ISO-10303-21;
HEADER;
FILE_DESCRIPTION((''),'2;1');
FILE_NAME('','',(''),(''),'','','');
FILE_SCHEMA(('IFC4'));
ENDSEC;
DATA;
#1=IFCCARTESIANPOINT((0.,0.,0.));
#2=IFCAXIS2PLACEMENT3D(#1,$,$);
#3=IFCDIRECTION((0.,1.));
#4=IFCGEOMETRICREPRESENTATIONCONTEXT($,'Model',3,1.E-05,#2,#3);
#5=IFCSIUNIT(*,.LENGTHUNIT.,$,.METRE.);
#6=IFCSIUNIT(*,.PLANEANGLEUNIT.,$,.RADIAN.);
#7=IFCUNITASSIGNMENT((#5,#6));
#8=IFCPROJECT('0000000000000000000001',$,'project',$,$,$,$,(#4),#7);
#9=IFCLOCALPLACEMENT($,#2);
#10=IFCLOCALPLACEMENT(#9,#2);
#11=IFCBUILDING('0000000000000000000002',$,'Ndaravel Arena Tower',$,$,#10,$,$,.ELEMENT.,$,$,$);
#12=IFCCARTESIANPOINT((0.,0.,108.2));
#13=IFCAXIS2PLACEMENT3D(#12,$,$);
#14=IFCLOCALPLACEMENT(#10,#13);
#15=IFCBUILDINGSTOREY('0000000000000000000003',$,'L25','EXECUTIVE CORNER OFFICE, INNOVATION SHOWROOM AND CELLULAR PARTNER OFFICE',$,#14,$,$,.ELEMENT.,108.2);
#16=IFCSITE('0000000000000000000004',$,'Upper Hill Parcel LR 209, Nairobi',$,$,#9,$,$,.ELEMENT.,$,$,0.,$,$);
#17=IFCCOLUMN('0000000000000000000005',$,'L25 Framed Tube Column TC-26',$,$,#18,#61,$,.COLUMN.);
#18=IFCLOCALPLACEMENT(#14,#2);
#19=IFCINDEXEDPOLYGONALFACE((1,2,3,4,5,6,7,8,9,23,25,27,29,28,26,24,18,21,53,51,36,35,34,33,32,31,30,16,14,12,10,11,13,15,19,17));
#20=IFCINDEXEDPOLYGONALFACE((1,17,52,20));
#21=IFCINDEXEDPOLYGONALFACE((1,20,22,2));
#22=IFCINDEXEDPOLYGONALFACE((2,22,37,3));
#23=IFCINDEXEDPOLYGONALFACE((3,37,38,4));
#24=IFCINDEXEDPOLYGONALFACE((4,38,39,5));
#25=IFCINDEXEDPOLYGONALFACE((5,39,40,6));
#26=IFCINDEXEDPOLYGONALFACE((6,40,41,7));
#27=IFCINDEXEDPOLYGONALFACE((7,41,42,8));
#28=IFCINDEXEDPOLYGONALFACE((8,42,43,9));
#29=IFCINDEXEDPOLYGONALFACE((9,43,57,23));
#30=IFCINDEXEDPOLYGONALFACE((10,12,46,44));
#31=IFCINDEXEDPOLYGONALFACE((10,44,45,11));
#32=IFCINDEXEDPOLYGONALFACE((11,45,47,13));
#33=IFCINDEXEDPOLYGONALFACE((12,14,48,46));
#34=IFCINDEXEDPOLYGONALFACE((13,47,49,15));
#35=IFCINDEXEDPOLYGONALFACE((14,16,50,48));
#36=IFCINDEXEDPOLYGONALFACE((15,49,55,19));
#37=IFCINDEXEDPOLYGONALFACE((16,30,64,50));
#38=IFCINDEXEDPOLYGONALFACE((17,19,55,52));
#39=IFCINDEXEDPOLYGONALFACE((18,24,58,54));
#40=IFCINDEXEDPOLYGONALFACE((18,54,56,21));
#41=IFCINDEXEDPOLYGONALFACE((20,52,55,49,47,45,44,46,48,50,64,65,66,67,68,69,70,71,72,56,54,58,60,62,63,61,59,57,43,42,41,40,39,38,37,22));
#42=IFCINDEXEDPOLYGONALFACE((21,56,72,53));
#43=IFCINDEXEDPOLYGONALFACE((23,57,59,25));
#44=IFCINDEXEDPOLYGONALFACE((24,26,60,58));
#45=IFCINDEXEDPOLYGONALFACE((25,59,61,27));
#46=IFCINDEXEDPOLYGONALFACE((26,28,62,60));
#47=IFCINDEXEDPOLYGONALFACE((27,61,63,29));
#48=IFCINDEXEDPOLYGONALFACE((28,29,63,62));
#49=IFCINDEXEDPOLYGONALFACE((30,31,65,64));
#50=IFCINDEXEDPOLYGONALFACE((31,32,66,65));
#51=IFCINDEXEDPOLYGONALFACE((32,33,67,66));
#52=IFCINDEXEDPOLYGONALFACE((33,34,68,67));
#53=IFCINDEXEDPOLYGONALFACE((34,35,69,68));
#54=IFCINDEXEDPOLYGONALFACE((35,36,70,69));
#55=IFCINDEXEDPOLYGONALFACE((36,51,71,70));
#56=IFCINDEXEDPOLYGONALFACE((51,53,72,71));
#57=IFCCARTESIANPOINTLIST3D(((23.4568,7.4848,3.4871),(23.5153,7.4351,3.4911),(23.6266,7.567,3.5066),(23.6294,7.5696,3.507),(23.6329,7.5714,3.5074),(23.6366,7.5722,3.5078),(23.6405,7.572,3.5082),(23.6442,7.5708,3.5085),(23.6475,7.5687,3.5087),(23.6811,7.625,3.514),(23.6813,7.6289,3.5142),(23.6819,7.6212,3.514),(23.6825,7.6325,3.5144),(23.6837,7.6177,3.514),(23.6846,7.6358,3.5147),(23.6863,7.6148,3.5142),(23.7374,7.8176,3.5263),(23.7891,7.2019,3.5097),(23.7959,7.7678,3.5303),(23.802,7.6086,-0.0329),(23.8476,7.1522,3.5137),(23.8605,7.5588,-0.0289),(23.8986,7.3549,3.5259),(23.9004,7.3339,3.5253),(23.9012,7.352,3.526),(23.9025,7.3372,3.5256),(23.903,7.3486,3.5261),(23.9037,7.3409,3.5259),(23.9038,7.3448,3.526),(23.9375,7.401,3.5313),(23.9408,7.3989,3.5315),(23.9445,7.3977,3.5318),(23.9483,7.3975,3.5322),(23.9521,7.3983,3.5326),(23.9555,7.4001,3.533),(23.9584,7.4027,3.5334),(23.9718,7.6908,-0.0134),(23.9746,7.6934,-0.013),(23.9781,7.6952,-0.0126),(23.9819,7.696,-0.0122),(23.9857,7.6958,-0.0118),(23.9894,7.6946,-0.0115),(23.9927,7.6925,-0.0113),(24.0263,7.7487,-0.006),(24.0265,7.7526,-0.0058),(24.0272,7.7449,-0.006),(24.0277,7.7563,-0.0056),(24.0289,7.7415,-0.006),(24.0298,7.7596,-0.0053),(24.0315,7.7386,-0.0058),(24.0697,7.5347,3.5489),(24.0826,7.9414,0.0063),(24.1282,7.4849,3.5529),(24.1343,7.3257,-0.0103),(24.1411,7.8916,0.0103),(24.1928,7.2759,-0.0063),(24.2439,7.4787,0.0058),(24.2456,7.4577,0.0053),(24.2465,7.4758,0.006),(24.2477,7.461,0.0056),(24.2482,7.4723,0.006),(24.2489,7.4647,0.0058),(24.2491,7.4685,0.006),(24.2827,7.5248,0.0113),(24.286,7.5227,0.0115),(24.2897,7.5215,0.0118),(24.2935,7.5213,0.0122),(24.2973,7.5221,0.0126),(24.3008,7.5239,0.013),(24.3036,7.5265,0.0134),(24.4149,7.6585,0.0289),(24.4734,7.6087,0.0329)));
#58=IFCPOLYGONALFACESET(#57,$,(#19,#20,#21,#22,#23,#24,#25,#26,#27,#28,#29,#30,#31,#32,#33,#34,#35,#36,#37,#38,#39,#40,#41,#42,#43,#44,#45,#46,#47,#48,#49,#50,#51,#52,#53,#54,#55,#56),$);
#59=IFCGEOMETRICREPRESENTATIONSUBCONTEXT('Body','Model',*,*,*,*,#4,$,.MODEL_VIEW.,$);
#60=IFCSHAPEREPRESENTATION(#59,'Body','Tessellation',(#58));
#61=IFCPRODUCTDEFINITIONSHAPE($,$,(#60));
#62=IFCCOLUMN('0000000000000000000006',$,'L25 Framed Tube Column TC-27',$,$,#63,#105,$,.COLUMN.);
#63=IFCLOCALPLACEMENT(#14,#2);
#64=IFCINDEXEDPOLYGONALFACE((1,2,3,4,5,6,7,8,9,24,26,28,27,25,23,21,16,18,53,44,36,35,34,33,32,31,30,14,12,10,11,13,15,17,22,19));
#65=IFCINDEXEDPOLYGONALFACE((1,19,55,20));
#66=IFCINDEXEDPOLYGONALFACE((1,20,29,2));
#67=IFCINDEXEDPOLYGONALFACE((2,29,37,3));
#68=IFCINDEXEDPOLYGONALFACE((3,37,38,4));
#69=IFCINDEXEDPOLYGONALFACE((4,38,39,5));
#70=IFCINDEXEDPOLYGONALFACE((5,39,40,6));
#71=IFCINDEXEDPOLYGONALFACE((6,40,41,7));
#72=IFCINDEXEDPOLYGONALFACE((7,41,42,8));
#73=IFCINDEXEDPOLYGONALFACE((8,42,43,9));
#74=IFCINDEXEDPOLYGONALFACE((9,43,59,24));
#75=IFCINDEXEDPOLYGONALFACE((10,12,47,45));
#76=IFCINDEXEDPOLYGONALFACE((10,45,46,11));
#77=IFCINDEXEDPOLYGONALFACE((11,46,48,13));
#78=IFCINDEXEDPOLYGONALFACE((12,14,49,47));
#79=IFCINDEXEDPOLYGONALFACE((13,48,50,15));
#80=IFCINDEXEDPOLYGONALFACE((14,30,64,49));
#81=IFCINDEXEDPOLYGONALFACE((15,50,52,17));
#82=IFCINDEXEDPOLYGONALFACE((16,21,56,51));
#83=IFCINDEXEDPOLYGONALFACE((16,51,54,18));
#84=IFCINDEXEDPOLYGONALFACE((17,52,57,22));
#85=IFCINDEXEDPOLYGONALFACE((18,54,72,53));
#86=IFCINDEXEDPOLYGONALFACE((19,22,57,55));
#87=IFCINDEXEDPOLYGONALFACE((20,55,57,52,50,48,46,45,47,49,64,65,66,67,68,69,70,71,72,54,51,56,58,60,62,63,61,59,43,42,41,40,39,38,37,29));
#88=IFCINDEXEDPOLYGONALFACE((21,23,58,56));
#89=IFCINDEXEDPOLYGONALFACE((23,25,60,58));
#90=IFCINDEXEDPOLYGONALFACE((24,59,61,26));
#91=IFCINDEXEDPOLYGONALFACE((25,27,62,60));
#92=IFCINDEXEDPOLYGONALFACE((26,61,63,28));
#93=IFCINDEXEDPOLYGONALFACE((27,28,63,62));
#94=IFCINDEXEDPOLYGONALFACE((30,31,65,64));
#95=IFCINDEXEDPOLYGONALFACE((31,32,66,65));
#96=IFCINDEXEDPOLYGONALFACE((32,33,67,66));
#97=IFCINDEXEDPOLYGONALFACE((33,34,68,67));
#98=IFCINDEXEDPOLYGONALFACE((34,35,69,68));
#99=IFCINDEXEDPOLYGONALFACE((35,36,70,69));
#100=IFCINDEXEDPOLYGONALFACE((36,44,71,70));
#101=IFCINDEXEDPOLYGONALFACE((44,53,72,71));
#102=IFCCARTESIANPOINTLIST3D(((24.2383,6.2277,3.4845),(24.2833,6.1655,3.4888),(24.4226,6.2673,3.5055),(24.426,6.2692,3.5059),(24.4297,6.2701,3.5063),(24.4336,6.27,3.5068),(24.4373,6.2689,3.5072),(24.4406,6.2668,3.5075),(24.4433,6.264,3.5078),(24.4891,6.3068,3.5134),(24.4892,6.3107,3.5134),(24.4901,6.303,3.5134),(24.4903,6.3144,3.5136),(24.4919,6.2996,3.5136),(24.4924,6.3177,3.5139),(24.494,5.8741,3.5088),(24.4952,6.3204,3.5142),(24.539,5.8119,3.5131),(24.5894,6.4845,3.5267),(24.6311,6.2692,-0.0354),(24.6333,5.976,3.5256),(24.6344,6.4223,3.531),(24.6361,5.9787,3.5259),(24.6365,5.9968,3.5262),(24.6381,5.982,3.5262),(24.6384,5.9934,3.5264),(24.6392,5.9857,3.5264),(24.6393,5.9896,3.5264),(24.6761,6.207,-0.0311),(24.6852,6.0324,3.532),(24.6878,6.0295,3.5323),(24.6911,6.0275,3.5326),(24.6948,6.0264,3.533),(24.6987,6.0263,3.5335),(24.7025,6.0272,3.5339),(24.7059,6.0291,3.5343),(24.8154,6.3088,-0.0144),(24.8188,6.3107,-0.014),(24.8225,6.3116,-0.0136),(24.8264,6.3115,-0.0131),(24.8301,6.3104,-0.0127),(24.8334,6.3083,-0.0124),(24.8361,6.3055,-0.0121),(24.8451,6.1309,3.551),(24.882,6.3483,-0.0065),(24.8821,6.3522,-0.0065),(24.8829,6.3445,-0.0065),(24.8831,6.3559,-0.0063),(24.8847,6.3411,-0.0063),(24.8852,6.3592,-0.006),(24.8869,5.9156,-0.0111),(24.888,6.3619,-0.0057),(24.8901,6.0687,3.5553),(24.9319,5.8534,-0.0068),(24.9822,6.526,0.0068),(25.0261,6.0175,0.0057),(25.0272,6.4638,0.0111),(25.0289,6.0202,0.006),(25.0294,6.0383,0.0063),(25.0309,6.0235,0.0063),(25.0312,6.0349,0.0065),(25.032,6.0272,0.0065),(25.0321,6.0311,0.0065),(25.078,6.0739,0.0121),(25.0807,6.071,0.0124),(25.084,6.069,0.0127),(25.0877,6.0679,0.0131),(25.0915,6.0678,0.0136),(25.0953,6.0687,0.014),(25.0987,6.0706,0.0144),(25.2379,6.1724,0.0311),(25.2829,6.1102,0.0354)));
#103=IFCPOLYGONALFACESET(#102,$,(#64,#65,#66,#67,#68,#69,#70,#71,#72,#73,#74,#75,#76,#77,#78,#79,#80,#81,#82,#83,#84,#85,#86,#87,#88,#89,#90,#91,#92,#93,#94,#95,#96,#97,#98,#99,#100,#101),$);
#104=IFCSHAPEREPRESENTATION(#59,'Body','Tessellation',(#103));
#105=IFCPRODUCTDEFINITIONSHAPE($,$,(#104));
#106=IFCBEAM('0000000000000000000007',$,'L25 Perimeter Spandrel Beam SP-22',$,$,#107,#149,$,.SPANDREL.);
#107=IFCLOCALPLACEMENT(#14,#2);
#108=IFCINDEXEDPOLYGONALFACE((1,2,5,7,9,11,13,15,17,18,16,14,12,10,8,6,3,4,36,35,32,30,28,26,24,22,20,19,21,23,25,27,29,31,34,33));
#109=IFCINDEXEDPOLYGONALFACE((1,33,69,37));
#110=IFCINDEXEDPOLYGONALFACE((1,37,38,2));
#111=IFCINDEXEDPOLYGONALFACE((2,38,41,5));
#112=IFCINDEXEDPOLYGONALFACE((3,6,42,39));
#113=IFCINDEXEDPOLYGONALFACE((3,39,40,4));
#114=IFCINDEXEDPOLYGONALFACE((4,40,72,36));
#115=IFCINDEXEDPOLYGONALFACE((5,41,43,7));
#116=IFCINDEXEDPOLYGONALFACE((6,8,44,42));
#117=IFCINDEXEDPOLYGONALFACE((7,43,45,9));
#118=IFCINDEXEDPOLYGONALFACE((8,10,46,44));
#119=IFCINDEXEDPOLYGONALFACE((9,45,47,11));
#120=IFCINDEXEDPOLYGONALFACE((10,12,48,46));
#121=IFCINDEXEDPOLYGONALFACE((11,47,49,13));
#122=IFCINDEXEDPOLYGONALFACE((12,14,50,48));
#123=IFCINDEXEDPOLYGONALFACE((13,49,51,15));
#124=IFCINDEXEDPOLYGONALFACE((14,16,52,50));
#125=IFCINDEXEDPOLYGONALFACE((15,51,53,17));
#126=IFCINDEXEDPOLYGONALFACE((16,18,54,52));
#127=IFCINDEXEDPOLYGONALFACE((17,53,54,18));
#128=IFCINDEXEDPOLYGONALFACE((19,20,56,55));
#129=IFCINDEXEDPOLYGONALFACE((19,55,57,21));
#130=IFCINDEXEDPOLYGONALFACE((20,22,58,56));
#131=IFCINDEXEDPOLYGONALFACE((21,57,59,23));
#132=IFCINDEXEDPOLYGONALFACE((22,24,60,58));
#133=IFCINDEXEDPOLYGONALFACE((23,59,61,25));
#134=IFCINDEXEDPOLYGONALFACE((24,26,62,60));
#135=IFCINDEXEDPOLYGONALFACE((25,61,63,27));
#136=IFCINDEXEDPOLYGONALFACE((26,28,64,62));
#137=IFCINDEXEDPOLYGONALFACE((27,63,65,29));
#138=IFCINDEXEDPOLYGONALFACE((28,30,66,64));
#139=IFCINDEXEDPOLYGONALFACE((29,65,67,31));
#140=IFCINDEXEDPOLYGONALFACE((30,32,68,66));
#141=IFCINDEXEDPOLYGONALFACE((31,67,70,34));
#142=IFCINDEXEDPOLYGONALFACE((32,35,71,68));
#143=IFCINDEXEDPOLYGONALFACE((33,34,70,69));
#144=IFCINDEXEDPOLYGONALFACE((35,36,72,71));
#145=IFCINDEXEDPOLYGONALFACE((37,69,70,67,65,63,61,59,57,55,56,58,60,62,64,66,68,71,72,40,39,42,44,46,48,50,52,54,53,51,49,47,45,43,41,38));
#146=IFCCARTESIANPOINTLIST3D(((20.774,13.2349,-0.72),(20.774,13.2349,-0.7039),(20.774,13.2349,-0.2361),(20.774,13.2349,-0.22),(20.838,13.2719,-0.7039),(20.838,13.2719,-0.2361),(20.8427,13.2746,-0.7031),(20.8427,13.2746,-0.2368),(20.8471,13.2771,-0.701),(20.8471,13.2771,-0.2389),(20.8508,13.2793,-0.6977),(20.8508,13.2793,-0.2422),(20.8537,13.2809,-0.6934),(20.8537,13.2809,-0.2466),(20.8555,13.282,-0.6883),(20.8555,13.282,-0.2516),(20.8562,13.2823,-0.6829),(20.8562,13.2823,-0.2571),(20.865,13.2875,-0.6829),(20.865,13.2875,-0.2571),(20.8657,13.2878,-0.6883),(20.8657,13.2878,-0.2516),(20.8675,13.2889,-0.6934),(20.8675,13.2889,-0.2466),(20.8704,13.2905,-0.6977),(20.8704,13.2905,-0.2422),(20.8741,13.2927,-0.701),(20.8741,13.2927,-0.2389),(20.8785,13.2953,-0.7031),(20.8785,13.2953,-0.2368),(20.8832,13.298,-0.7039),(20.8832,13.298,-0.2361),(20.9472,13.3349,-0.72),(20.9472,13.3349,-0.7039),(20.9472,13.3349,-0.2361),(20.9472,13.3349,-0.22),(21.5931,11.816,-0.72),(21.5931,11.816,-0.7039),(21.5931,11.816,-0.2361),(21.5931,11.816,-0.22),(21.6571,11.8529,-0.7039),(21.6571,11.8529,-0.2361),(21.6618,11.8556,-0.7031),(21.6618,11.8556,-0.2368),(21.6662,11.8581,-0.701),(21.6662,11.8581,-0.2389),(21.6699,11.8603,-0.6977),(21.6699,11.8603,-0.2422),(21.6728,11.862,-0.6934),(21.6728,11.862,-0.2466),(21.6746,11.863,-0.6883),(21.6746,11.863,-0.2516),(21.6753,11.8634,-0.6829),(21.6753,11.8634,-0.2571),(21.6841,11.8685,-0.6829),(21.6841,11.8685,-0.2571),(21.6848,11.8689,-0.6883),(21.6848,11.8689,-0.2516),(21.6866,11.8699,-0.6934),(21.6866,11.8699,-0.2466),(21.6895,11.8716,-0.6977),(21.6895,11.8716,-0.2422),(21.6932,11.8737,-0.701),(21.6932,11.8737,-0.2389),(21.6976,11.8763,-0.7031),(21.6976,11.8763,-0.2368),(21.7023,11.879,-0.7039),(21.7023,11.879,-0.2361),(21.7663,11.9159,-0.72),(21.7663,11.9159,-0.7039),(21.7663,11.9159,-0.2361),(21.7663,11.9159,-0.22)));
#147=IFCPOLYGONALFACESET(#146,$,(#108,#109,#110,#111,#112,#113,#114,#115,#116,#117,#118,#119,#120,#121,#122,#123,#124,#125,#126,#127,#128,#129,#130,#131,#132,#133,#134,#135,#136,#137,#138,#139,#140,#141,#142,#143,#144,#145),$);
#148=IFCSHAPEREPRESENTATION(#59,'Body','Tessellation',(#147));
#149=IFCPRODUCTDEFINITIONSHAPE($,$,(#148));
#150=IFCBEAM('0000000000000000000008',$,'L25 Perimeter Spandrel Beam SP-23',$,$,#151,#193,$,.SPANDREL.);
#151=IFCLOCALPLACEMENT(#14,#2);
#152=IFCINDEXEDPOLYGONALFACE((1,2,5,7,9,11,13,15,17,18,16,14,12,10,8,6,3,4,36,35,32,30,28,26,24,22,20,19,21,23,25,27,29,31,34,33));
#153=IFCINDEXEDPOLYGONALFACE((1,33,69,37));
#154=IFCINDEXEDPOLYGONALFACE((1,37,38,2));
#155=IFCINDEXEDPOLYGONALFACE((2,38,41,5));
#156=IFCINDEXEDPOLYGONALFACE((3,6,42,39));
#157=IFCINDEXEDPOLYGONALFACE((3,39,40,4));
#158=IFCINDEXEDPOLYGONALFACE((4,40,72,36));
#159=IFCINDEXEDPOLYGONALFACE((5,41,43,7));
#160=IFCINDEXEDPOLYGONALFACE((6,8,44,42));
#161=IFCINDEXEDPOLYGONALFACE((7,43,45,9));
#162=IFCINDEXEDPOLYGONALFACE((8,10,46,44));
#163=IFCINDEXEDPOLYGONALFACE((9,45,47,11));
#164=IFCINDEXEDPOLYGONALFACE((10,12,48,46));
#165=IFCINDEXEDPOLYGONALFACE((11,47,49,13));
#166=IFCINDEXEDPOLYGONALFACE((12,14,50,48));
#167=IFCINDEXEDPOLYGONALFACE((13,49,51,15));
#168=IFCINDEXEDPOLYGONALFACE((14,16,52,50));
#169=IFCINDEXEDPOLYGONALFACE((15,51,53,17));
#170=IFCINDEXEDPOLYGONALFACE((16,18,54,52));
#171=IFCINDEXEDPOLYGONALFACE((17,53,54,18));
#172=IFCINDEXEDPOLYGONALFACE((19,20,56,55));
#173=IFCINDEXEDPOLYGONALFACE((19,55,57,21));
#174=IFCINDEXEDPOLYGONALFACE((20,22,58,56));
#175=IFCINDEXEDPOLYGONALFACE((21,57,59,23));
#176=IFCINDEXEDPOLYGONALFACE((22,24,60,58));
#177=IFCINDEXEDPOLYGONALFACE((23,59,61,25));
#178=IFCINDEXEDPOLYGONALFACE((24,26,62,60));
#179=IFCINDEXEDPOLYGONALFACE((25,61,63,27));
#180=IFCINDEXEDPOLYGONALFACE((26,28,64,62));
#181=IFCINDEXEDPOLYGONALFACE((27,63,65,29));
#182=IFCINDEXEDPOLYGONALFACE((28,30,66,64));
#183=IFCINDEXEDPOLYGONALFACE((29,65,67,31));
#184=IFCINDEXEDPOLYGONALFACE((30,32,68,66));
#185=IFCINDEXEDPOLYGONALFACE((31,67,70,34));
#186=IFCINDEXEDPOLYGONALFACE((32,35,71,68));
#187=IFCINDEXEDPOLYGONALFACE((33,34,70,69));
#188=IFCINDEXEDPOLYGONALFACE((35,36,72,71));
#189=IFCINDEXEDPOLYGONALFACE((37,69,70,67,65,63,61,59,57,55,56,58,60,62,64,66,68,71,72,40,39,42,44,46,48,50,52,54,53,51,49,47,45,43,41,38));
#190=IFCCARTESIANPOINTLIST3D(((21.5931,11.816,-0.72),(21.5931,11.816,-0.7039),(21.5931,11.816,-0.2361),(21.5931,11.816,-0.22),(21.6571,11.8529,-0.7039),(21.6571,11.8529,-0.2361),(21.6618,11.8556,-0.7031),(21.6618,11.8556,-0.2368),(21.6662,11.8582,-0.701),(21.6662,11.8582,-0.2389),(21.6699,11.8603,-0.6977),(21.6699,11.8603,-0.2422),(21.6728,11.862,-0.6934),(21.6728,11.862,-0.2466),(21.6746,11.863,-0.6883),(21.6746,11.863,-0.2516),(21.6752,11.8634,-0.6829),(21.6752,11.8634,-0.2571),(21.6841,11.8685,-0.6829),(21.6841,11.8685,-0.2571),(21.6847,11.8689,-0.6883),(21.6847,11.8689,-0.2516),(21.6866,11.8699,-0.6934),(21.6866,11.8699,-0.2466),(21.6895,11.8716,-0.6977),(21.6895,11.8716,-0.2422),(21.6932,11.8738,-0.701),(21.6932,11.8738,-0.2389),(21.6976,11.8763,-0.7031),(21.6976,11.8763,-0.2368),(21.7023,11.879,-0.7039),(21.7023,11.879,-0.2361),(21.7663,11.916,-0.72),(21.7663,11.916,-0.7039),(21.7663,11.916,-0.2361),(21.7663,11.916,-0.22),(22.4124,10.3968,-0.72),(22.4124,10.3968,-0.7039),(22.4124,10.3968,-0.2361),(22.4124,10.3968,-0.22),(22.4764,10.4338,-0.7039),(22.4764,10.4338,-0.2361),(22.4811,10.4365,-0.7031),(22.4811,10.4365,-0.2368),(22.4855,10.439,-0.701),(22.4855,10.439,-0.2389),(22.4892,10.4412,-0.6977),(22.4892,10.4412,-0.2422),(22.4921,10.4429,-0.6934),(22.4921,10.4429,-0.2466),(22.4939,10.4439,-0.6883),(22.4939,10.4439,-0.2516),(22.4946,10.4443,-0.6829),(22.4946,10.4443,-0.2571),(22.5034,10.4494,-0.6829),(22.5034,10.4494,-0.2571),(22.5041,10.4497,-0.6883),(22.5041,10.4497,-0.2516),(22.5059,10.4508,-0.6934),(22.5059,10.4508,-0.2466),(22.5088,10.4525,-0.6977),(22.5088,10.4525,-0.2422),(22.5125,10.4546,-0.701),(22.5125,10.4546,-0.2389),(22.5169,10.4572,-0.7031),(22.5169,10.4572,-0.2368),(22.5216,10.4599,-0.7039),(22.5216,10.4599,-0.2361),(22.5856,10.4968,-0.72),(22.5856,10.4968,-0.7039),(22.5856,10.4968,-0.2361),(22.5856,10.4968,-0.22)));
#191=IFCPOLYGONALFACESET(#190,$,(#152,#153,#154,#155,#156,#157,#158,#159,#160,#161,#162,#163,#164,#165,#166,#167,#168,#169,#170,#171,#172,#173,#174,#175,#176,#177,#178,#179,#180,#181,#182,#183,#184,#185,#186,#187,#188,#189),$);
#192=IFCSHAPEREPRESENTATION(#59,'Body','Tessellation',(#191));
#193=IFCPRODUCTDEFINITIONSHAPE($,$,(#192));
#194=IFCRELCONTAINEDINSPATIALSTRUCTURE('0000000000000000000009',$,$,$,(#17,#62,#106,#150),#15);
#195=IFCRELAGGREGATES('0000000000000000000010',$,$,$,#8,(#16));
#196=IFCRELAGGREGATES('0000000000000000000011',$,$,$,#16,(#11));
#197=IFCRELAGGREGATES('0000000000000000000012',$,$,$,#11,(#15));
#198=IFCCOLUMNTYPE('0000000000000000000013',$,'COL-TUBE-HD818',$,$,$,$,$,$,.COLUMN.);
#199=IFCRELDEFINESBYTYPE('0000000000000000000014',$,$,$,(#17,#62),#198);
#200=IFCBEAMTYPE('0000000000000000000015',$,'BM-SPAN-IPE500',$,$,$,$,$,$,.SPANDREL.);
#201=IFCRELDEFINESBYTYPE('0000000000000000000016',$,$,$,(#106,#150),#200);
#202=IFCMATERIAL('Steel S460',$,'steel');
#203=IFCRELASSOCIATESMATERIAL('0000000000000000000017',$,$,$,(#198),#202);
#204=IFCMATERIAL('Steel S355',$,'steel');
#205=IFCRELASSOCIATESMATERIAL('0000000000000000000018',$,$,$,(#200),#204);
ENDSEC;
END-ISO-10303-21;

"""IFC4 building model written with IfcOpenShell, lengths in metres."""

from ifc_helpers import new_model, si_unit, direction, frame, origin, origin_2d, place, context, subcontext, project, spatial, i_section, extrude, material, material_profile, profile_set, type_object, element, save


model = new_model("IFC4")

# Units and contexts
model_context = context("Model", 3, precision=1e-05, world=origin(), true_north=direction((0.0, 1.0)))
body_context = subcontext(model_context, "Body", "Model", "MODEL_VIEW")
ifc_project = project(units=[si_unit("LENGTHUNIT", "METRE"), si_unit("PLANEANGLEUNIT", "RADIAN")], contexts=[model_context])

# Site, building, storey
site_placement = place(None, origin())
site = spatial("IfcSite", under=ifc_project, at=site_placement, Name="Upper Hill Parcel LR 209, Nairobi", CompositionType="ELEMENT", RefElevation=0.0)
building_placement = place(site_placement, origin())
building = spatial("IfcBuilding", under=site, at=building_placement, Name="Ndaravel Arena Tower", CompositionType="ELEMENT")
storey_placement = place(building_placement, frame((0.0, 0.0, 108.2)))
storey = spatial("IfcBuildingStorey", under=building, at=storey_placement, Name="L25", Description="EXECUTIVE CORNER OFFICE, INNOVATION SHOWROOM AND CELLULAR PARTNER OFFICE", CompositionType="ELEMENT", Elevation=108.2)

# Columns
ifc_material_1 = material(Name="Steel S460", Category="steel")
ifc_material_profile_1 = material_profile(ifc_material_1, i_section(OverallWidth=0.437, OverallDepth=0.5139, WebThickness=0.0605, FlangeThickness=0.0769, FilletRadius=0.0149, at=origin_2d()), Name="HD 400x818")
ifc_profile_set_1 = profile_set([ifc_material_profile_1], Name="Steel S460")
column_type = type_object("IfcColumnType", Name="COL-TUBE-HD818", PredefinedType="COLUMN", material=ifc_profile_set_1)
column_1_placement = place(storey_placement, frame((24.1377, 7.6086, 0.0), z_axis=(-0.097544, -0.034975, 0.994616), x_axis=(0.642059, 0.761384, 0.089742)))
element("IfcColumn", 1, at=column_1_placement, inside=storey, type_object=column_type, Name="L25 Framed Tube Column TC-26", PredefinedType="COLUMN", context=body_context, shape_type="SweptSolid", body=[
    extrude(i_section(OverallWidth=0.437, OverallDepth=0.5139, WebThickness=0.0605, FlangeThickness=0.0769, FilletRadius=0.0149, at=origin_2d()), origin(), (0.0, 0.0, 1.0), 3.5391),
])
column_2_placement = place(storey_placement, frame((24.957, 6.1897, 0.0), z_axis=(-0.110901, -0.011717, 0.993762), x_axis=(0.803324, 0.587659, 0.096577)))
element("IfcColumn", 2, at=column_2_placement, inside=storey, type_object=column_type, Name="L25 Framed Tube Column TC-27", PredefinedType="COLUMN", context=body_context, shape_type="SweptSolid", body=[
    extrude(i_section(OverallWidth=0.437, OverallDepth=0.5139, WebThickness=0.0605, FlangeThickness=0.0769, FilletRadius=0.0149, at=origin_2d()), origin(), (0.0, 0.0, 1.0), 3.542),
])

# Beams
ifc_material_2 = material(Name="Steel S355", Category="steel")
ifc_material_profile_2 = material_profile(ifc_material_2, i_section(OverallWidth=0.2, OverallDepth=0.5, WebThickness=0.0103, FlangeThickness=0.0161, FilletRadius=0.021, at=origin_2d()), Name="IPE 500")
ifc_profile_set_2 = profile_set([ifc_material_profile_2], Name="Steel S355")
beam_type = type_object("IfcBeamType", Name="BM-SPAN-IPE500", PredefinedType="SPANDREL", material=ifc_profile_set_2)
beam_1_placement = place(storey_placement, frame((20.8606, 13.2849, -0.47), z_axis=(0.499937, -0.866062, 0.0), x_axis=(0.866062, 0.499937, 0.0)))
element("IfcBeam", 3, at=beam_1_placement, inside=storey, type_object=beam_type, Name="L25 Perimeter Spandrel Beam SP-22", PredefinedType="SPANDREL", context=body_context, shape_type="SweptSolid", body=[
    extrude(i_section(OverallWidth=0.2, OverallDepth=0.5, WebThickness=0.0103, FlangeThickness=0.0161, FilletRadius=0.021, at=origin_2d()), origin(), (0.0, 0.0, 1.0), 1.6384),
])
beam_2_placement = place(storey_placement, frame((21.6797, 11.866, -0.47), z_axis=(0.499985, -0.866034, 0.0), x_axis=(0.866034, 0.499985, 0.0)))
element("IfcBeam", 4, at=beam_2_placement, inside=storey, type_object=beam_type, Name="L25 Perimeter Spandrel Beam SP-23", PredefinedType="SPANDREL", context=body_context, shape_type="SweptSolid", body=[
    extrude(i_section(OverallWidth=0.2, OverallDepth=0.5, WebThickness=0.0103, FlangeThickness=0.0161, FilletRadius=0.021, at=origin_2d()), origin(), (0.0, 0.0, 1.0), 1.6387),
])

save(model, "model.ifc")
